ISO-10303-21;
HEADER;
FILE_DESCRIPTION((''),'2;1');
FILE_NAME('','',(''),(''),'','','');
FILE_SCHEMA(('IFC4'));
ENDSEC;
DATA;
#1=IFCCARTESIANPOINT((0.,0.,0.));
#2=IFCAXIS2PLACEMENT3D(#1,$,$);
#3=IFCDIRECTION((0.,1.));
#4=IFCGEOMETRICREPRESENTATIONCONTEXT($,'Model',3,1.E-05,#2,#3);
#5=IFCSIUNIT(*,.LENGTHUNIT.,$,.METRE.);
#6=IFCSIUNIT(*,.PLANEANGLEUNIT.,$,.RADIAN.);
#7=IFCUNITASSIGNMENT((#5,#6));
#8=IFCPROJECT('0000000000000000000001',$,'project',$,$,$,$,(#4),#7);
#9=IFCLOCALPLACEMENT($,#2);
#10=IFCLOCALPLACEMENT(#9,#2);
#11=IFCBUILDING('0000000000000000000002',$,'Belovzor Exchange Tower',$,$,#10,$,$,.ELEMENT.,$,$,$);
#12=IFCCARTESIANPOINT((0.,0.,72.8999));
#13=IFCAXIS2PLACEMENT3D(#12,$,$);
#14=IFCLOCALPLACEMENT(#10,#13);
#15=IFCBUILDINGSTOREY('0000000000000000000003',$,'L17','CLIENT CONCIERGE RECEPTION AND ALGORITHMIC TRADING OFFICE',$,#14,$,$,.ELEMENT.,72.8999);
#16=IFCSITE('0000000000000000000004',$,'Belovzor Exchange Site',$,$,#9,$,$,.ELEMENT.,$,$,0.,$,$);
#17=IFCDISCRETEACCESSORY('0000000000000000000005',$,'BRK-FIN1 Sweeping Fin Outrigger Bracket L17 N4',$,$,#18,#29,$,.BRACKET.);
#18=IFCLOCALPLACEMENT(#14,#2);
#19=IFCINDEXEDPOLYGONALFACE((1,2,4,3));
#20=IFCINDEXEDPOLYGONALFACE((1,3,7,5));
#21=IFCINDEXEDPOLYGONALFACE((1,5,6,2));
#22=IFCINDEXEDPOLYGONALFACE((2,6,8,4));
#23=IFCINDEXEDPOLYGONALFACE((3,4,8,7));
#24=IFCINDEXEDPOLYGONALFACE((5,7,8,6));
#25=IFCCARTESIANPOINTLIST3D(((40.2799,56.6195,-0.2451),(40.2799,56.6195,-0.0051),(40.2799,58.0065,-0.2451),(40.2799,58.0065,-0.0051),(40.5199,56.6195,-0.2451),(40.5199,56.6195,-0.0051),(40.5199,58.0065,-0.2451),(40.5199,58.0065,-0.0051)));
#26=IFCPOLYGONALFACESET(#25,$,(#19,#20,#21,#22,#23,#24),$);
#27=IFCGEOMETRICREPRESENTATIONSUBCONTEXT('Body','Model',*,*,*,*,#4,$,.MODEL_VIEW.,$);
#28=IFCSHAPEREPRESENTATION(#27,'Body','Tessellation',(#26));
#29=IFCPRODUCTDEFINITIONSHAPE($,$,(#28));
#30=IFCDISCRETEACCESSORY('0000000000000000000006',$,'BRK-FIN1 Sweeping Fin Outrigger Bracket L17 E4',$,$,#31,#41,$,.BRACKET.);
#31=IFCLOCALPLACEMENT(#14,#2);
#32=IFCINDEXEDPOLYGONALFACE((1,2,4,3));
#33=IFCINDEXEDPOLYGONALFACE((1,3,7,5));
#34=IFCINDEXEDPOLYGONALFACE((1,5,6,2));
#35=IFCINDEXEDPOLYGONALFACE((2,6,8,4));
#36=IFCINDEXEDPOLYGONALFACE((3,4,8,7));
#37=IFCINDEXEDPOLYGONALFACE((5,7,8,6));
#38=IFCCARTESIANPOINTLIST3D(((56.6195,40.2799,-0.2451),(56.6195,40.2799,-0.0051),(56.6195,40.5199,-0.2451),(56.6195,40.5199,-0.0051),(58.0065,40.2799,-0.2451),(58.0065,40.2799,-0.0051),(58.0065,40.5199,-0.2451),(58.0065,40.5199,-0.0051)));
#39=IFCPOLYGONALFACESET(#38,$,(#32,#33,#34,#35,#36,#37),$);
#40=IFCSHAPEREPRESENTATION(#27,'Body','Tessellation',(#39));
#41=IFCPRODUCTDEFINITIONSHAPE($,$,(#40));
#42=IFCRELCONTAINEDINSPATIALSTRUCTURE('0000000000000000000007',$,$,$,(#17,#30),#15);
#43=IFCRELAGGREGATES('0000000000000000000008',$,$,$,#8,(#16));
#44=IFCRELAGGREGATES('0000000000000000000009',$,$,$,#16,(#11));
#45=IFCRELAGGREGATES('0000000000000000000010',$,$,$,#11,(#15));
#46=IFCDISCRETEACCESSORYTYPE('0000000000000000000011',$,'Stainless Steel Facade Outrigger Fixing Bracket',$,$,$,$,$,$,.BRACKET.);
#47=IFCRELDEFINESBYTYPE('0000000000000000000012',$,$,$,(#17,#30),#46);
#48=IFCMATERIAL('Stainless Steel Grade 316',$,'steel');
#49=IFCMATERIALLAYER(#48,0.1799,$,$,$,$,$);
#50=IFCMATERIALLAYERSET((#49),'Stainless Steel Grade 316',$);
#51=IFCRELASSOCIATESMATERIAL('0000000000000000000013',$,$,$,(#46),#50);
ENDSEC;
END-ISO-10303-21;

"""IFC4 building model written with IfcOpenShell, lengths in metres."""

from ifc_helpers import new_model, si_unit, direction, frame, origin, origin_2d, place, context, subcontext, project, spatial, rectangle, extrude, material, layer, layer_set, type_object, element, save


model = new_model("IFC4")

# Units and contexts
model_context = context("Model", 3, precision=1e-05, world=origin(), true_north=direction((0.0, 1.0)))
body_context = subcontext(model_context, "Body", "Model", "MODEL_VIEW")
ifc_project = project(units=[si_unit("LENGTHUNIT", "METRE"), si_unit("PLANEANGLEUNIT", "RADIAN")], contexts=[model_context])

# Site, building, storey
site_placement = place(None, origin())
site = spatial("IfcSite", under=ifc_project, at=site_placement, Name="Belovzor Exchange Site", CompositionType="ELEMENT", RefElevation=0.0)
building_placement = place(site_placement, origin())
building = spatial("IfcBuilding", under=site, at=building_placement, Name="Belovzor Exchange Tower", CompositionType="ELEMENT")
storey_placement = place(building_placement, frame((0.0, 0.0, 72.8999)))
storey = spatial("IfcBuildingStorey", under=building, at=storey_placement, Name="L17", Description="CLIENT CONCIERGE RECEPTION AND ALGORITHMIC TRADING OFFICE", CompositionType="ELEMENT", Elevation=72.8999)

# Discrete accessories
ifc_material_1 = material(Name="Stainless Steel Grade 316", Category="steel")
ifc_layer_1 = layer(ifc_material_1, 0.1799)
ifc_layer_set_1 = layer_set([ifc_layer_1], Name="Stainless Steel Grade 316")
discrete_accessory_type = type_object("IfcDiscreteAccessoryType", Name="Stainless Steel Facade Outrigger Fixing Bracket", PredefinedType="BRACKET", material=ifc_layer_set_1)
for number, where, z_axis, x_axis, name in (
    (1, (40.3999, 57.313, -0.2451), (0.0, 0.0, 1.0), (0.0, 1.0, 0.0), "BRK-FIN1 Sweeping Fin Outrigger Bracket L17 N4"),
    (2, (57.313, 40.3999, -0.2451), (0.0, 0.0, 1.0), (1.0, 0.0, 0.0), "BRK-FIN1 Sweeping Fin Outrigger Bracket L17 E4"),
):
    element("IfcDiscreteAccessory", number, at=place(storey_placement, frame(where, z_axis=z_axis, x_axis=x_axis)), inside=storey, type_object=discrete_accessory_type, Name=name, PredefinedType="BRACKET", context=body_context, shape_type="SweptSolid", body=[
        extrude(rectangle(XDim=1.387, YDim=0.24, at=origin_2d()), origin(), (0.0, 0.0, 1.0), 0.24),
    ])

save(model, "model.ifc")
